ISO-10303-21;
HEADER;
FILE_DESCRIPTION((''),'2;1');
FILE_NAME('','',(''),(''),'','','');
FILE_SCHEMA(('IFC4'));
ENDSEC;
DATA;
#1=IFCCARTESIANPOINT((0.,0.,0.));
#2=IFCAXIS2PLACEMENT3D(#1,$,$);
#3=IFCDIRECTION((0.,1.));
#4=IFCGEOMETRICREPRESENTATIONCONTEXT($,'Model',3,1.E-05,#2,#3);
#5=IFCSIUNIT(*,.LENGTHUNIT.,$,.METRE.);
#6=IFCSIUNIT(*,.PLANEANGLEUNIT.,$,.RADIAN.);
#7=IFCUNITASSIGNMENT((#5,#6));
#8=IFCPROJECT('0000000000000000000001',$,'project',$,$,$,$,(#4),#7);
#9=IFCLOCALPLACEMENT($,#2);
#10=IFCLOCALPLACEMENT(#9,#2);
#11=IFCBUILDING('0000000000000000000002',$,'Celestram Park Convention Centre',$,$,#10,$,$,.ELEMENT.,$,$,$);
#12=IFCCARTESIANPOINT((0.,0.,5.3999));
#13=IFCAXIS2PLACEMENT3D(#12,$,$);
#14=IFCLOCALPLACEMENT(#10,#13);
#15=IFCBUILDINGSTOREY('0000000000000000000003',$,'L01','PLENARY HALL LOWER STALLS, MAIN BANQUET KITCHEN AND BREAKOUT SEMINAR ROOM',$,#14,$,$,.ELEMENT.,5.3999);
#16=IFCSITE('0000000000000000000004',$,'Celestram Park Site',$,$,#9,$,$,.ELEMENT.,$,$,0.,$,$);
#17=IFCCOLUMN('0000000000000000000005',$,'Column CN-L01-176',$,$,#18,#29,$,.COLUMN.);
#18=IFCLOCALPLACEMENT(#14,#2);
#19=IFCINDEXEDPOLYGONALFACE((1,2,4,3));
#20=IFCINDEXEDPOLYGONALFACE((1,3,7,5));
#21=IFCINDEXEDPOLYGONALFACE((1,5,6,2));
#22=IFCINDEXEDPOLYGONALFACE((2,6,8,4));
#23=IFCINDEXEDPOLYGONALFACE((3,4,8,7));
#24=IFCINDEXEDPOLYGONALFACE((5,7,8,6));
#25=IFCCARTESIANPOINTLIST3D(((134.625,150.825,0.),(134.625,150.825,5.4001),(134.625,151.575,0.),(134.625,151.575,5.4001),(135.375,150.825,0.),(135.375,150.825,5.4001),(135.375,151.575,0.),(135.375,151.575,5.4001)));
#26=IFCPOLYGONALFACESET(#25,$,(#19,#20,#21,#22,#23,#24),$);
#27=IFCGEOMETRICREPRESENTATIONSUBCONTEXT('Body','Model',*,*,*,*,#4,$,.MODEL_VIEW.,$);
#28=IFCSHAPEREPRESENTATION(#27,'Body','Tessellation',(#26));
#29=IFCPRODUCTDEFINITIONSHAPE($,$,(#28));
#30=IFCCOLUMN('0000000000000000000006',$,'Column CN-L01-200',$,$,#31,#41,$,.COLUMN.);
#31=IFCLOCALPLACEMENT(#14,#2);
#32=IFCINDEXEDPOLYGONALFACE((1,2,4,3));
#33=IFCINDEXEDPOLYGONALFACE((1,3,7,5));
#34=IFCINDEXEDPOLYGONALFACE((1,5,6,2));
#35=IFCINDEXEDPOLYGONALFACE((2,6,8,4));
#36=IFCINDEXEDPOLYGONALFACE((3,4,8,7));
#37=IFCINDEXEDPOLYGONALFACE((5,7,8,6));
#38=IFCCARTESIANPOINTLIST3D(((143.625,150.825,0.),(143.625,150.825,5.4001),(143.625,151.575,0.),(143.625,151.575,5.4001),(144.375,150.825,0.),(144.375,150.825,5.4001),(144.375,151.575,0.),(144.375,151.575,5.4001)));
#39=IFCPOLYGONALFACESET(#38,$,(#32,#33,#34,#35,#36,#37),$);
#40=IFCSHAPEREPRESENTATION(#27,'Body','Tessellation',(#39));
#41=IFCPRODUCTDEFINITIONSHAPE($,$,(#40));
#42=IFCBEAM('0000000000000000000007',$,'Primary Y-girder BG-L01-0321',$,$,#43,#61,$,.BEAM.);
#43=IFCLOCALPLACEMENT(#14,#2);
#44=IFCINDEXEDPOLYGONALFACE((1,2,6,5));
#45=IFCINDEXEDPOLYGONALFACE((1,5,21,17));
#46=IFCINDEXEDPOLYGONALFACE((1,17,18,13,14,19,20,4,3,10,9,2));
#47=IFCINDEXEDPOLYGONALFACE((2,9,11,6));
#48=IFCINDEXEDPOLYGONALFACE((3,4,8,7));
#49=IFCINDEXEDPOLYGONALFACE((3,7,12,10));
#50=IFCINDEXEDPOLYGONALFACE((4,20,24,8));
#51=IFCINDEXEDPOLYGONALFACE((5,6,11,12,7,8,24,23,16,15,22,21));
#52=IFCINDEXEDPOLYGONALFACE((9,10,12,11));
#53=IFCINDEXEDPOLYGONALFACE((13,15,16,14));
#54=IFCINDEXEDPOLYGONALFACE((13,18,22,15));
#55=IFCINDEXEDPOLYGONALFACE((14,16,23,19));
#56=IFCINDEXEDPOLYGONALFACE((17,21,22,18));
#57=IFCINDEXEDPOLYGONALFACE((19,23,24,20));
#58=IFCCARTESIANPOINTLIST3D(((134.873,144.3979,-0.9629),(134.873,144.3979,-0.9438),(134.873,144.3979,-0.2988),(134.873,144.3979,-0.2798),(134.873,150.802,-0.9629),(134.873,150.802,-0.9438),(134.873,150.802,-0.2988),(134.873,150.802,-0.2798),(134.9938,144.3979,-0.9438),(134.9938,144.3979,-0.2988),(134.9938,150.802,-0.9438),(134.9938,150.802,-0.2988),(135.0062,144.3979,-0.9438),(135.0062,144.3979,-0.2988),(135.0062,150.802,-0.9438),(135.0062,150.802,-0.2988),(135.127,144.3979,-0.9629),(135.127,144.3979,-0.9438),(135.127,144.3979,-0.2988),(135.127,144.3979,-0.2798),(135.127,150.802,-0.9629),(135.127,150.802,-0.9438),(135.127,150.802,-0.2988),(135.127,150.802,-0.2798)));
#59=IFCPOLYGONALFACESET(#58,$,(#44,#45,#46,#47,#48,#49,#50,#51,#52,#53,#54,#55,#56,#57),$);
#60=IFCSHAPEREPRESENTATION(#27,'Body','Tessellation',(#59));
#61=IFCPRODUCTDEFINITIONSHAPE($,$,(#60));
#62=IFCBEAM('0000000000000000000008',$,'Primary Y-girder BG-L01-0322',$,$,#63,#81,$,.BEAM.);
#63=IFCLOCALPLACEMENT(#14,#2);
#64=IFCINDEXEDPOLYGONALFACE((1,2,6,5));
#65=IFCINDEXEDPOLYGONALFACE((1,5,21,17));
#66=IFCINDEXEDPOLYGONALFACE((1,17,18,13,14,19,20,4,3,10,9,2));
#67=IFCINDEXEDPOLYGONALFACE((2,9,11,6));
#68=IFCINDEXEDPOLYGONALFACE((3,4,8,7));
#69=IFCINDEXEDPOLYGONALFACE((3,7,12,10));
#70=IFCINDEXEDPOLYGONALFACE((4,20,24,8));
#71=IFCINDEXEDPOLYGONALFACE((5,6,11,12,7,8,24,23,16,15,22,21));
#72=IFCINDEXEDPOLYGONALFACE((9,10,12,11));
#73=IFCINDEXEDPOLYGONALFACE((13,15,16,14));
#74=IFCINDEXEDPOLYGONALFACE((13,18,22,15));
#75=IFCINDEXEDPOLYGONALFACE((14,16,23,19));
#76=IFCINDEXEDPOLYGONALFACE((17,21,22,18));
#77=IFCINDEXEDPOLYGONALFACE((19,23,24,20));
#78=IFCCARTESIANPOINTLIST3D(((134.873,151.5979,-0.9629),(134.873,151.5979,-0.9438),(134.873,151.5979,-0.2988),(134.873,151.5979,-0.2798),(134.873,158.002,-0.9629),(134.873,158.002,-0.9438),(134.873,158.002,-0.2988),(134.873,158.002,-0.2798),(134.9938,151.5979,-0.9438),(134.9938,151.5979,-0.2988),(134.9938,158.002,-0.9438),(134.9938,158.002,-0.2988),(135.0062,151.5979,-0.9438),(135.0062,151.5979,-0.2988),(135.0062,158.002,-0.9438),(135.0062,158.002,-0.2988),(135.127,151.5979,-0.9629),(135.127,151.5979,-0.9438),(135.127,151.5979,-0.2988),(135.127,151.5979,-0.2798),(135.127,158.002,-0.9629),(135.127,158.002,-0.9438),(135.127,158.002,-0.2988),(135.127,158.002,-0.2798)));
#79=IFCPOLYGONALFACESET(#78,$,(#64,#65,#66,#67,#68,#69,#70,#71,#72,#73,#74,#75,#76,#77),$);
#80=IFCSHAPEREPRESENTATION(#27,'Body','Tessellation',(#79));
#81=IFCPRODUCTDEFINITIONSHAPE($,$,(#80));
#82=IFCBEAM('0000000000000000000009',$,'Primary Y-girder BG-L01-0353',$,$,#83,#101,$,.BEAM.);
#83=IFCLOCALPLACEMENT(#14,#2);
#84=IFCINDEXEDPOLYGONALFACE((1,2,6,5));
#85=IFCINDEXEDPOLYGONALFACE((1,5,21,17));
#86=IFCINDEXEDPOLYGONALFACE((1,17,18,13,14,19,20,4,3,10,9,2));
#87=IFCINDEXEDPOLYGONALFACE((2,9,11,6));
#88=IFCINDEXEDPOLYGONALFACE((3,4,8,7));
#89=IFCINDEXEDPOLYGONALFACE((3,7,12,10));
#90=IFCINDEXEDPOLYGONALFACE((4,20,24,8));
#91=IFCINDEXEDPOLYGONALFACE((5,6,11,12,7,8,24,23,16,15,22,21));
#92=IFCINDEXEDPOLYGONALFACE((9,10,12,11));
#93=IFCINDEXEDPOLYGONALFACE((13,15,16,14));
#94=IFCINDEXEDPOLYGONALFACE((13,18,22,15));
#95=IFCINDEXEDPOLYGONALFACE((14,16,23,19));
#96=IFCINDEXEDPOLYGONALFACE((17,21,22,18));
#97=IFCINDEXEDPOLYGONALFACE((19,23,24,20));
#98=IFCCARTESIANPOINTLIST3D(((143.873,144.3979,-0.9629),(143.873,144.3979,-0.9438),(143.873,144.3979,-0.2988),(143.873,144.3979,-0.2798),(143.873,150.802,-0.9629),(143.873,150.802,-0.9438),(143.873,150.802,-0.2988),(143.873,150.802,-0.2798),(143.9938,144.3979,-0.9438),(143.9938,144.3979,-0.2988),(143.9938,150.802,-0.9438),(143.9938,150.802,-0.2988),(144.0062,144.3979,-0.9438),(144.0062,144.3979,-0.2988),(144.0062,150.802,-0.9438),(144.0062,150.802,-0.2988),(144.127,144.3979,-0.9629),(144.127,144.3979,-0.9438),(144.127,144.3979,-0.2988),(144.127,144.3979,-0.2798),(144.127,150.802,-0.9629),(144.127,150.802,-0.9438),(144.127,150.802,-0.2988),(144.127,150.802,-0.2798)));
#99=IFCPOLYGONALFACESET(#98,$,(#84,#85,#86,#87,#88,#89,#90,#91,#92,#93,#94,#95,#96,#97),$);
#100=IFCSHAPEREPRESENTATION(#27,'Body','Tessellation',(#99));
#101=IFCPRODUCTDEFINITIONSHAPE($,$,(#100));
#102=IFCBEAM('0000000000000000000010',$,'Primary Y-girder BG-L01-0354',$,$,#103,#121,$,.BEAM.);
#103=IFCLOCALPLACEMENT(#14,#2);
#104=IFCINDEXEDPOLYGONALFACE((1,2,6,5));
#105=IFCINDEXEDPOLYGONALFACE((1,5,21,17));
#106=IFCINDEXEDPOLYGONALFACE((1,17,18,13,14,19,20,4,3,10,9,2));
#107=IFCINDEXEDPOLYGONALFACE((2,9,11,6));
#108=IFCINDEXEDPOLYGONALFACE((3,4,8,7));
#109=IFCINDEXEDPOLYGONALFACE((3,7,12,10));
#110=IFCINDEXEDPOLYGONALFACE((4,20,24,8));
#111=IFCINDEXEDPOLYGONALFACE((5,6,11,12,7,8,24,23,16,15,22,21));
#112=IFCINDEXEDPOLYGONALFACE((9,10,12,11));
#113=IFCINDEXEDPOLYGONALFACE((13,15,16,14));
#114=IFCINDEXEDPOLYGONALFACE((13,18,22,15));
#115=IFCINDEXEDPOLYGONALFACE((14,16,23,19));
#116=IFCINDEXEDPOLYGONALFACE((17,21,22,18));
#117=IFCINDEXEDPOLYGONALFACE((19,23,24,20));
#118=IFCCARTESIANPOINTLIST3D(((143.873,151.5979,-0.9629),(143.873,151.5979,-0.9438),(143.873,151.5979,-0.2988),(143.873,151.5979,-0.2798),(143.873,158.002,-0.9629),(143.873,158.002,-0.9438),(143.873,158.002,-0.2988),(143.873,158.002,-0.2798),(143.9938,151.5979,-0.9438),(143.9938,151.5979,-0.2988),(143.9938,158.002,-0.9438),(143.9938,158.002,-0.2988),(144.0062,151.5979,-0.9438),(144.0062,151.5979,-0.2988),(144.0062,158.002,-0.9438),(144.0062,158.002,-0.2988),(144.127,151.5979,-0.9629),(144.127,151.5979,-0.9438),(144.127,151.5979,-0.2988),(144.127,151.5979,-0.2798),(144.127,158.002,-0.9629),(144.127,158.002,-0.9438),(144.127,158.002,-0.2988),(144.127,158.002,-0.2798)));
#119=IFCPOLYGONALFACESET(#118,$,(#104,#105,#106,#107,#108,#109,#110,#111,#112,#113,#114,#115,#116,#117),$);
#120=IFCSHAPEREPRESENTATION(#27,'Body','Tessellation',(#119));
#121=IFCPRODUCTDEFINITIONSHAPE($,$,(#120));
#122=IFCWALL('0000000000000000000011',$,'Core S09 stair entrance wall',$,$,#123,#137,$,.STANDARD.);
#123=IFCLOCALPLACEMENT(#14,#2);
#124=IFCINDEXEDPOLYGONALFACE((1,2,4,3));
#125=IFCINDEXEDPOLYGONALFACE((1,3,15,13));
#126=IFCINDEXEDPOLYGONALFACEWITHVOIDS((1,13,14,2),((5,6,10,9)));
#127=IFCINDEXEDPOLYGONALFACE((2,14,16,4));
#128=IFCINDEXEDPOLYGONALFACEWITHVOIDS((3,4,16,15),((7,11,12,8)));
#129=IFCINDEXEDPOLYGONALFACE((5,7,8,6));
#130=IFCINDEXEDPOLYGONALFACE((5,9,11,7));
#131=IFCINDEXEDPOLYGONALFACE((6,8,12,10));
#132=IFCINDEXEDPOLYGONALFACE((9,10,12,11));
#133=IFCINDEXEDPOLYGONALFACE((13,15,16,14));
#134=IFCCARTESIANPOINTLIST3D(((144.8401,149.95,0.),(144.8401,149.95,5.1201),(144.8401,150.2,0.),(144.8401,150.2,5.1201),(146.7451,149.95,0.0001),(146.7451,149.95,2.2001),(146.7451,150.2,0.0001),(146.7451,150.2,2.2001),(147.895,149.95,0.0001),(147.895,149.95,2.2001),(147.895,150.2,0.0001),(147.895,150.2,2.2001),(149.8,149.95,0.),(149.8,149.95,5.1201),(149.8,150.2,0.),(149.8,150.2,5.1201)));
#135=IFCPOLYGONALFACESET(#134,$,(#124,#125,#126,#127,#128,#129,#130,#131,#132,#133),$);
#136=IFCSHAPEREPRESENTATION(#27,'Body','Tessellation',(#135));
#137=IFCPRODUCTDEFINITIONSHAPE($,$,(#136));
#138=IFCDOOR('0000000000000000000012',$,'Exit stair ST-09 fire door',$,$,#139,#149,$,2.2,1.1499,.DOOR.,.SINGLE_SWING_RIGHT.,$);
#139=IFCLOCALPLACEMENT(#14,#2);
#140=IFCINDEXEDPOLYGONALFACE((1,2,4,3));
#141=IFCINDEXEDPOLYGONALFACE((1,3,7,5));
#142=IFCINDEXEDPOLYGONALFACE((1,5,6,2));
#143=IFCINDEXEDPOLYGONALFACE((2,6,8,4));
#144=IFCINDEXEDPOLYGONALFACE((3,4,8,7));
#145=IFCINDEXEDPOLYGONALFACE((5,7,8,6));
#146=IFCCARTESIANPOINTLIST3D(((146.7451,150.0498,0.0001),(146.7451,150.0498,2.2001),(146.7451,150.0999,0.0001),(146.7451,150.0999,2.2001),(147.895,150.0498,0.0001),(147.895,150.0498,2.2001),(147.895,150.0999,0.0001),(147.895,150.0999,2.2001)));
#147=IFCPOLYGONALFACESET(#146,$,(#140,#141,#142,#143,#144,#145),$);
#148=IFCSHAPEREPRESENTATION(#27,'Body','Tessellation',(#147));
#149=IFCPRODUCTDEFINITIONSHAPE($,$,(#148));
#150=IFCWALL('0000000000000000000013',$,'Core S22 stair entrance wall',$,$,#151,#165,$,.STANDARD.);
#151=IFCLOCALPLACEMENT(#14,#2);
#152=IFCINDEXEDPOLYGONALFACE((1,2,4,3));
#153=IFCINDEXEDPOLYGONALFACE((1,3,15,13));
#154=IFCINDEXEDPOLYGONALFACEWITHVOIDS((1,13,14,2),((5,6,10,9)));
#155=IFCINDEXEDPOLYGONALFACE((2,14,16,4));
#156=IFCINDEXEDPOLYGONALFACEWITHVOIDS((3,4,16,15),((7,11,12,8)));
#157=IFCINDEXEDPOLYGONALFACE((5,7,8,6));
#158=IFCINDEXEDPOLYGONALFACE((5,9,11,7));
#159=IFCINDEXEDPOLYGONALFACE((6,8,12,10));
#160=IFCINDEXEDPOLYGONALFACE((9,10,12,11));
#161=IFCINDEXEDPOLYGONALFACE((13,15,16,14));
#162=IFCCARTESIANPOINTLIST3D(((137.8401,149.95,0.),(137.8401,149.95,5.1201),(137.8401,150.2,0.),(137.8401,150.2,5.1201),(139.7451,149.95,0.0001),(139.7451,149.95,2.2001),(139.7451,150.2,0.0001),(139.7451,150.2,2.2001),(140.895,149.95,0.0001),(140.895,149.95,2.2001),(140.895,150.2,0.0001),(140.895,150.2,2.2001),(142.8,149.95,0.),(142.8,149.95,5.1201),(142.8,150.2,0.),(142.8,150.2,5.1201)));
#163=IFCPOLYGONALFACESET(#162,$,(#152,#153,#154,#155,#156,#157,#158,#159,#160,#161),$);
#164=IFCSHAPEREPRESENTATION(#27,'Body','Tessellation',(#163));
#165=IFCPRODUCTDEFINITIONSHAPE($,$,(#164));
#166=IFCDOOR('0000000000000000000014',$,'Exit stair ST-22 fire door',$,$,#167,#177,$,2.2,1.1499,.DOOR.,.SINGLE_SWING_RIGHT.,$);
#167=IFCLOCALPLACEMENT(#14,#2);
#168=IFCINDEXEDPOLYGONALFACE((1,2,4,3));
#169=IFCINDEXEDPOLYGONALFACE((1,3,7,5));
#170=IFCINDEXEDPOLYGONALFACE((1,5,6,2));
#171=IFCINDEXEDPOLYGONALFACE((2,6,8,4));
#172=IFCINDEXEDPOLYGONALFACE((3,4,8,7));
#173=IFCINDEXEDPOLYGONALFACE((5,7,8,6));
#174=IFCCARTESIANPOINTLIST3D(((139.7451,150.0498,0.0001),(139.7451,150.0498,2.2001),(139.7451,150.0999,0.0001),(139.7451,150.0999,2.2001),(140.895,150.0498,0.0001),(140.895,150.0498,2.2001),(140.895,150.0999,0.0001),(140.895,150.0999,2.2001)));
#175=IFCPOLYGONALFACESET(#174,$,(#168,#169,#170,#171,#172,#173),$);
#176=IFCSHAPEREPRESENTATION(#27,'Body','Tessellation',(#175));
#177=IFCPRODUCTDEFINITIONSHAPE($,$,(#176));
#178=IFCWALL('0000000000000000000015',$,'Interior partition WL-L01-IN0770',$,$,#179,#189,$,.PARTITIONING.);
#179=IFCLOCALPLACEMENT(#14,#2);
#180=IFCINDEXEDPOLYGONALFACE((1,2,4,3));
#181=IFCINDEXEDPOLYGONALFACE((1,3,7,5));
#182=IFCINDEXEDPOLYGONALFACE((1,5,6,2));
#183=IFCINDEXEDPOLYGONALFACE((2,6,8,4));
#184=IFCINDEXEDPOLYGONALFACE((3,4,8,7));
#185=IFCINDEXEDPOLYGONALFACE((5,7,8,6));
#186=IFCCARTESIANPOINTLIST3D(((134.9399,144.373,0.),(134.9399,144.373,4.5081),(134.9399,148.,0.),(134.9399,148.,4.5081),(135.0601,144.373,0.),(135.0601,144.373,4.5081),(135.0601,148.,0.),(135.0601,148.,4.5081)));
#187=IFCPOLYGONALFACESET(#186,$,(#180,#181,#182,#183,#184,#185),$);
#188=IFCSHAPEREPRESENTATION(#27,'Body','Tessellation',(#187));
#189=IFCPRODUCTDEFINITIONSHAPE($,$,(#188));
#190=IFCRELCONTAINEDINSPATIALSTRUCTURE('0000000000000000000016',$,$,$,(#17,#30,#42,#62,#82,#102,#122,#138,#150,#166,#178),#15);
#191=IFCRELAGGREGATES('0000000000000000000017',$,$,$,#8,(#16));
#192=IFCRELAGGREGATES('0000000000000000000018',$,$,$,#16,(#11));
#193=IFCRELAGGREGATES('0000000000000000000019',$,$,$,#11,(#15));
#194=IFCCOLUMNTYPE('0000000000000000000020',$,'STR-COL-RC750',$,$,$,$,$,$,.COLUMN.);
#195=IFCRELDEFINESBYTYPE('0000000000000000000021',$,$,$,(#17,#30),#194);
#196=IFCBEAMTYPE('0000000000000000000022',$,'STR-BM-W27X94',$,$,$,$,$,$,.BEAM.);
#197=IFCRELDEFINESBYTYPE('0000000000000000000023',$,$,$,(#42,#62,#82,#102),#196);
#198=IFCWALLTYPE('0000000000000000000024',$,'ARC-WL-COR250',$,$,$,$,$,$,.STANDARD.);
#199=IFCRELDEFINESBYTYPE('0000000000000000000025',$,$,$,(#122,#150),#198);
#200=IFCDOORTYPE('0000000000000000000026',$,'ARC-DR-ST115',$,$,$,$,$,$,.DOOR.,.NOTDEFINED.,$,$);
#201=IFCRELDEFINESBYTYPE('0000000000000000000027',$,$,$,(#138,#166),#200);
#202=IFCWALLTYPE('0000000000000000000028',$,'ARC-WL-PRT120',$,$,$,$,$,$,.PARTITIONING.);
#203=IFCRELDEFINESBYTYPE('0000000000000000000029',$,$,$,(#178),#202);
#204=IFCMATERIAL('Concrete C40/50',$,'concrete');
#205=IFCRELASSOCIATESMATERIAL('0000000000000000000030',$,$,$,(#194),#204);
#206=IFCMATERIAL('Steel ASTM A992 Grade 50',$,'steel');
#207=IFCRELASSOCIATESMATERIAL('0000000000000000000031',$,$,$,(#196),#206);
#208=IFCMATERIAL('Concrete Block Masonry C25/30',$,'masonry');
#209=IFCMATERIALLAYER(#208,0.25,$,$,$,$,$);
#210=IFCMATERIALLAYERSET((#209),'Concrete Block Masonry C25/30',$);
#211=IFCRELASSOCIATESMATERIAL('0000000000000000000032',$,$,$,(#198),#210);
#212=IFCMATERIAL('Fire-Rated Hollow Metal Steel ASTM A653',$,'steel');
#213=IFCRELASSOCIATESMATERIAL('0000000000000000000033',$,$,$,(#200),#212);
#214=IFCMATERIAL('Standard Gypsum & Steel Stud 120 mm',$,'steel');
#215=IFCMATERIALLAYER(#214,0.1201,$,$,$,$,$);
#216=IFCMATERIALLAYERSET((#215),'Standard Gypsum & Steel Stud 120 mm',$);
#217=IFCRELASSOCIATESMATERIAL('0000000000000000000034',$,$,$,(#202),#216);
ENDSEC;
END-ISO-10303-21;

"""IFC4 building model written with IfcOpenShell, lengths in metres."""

from ifc_helpers import new_model, si_unit, direction, frame, frame_2d, origin, origin_2d, place, context, subcontext, project, spatial, rectangle, i_section, extrude, material, layer, layer_set, material_profile, profile_set, type_object, element, fill, save


model = new_model("IFC4")

# Units and contexts
model_context = context("Model", 3, precision=1e-05, world=origin(), true_north=direction((0.0, 1.0)))
body_context = subcontext(model_context, "Body", "Model", "MODEL_VIEW")
ifc_project = project(units=[si_unit("LENGTHUNIT", "METRE"), si_unit("PLANEANGLEUNIT", "RADIAN")], contexts=[model_context])

# Site, building, storey
site_placement = place(None, origin())
site = spatial("IfcSite", under=ifc_project, at=site_placement, Name="Celestram Park Site", CompositionType="ELEMENT", RefElevation=0.0)
building_placement = place(site_placement, origin())
building = spatial("IfcBuilding", under=site, at=building_placement, Name="Celestram Park Convention Centre", CompositionType="ELEMENT")
storey_placement = place(building_placement, frame((0.0, 0.0, 5.3999)))
storey = spatial("IfcBuildingStorey", under=building, at=storey_placement, Name="L01", Description="PLENARY HALL LOWER STALLS, MAIN BANQUET KITCHEN AND BREAKOUT SEMINAR ROOM", CompositionType="ELEMENT", Elevation=5.3999)

# Columns
ifc_material_1 = material(Name="Concrete C40/50", Category="concrete")
ifc_material_profile_1 = material_profile(ifc_material_1, rectangle(XDim=0.75, YDim=0.75, at=origin_2d()), Name="RC750X750")
ifc_profile_set_1 = profile_set([ifc_material_profile_1], Name="Concrete C40/50")
column_type = type_object("IfcColumnType", Name="STR-COL-RC750", PredefinedType="COLUMN", material=ifc_profile_set_1)
for number, where, z_axis, x_axis, name in (
    (1, (135.0, 151.2, 0.0), (0.0, 0.0, 1.0), (1.0, 0.0, 0.0), "Column CN-L01-176"),
    (2, (144.0, 151.2, 0.0), (0.0, 0.0, 1.0), (1.0, 0.0, 0.0), "Column CN-L01-200"),
):
    element("IfcColumn", number, at=place(storey_placement, frame(where, z_axis=z_axis, x_axis=x_axis)), inside=storey, type_object=column_type, Name=name, PredefinedType="COLUMN", context=body_context, shape_type="SweptSolid", body=[
        extrude(rectangle(XDim=0.75, YDim=0.75, at=origin_2d()), origin(), (0.0, 0.0, 1.0), 5.4001),
    ])

# Beams
ifc_material_2 = material(Name="Steel ASTM A992 Grade 50", Category="steel")
ifc_material_profile_2 = material_profile(ifc_material_2, i_section(OverallWidth=0.2539, OverallDepth=0.6831, WebThickness=0.0125, FlangeThickness=0.019, at=origin_2d()), Name="W27X94")
ifc_profile_set_2 = profile_set([ifc_material_profile_2], Name="Steel ASTM A992 Grade 50")
beam_type = type_object("IfcBeamType", Name="STR-BM-W27X94", PredefinedType="BEAM", material=ifc_profile_set_2)
for number, where, z_axis, x_axis, name in (
    (3, (135.0, 144.3979, -0.6213), (0.0, 1.0, 0.0), (-1.0, 0.0, 0.0), "Primary Y-girder BG-L01-0321"),
    (4, (135.0, 151.5979, -0.6213), (0.0, 1.0, 0.0), (-1.0, 0.0, 0.0), "Primary Y-girder BG-L01-0322"),
    (5, (144.0, 144.3979, -0.6213), (0.0, 1.0, 0.0), (-1.0, 0.0, 0.0), "Primary Y-girder BG-L01-0353"),
    (6, (144.0, 151.5979, -0.6213), (0.0, 1.0, 0.0), (-1.0, 0.0, 0.0), "Primary Y-girder BG-L01-0354"),
):
    element("IfcBeam", number, at=place(storey_placement, frame(where, z_axis=z_axis, x_axis=x_axis)), inside=storey, type_object=beam_type, Name=name, PredefinedType="BEAM", context=body_context, shape_type="SweptSolid", body=[
        extrude(i_section(OverallWidth=0.2539, OverallDepth=0.6831, WebThickness=0.0125, FlangeThickness=0.019, at=origin_2d()), origin(), (0.0, 0.0, 1.0), 6.4041),
    ])

# Walls, openings, doors
ifc_material_3 = material(Name="Concrete Block Masonry C25/30", Category="masonry")
ifc_layer_1 = layer(ifc_material_3, 0.25)
ifc_layer_set_1 = layer_set([ifc_layer_1], Name="Concrete Block Masonry C25/30")
wall_type_1 = type_object("IfcWallType", Name="ARC-WL-COR250", PredefinedType="STANDARD", material=ifc_layer_set_1)
wall_1_placement = place(storey_placement, frame((144.8401, 150.075, 0.0), z_axis=(0.0, 0.0, 1.0), x_axis=(1.0, 0.0, 0.0)))
wall_1 = element("IfcWall", 7, at=wall_1_placement, inside=storey, type_object=wall_type_1, Name="Core S09 stair entrance wall", PredefinedType="STANDARD", context=body_context, shape_type="SweptSolid", body=[
    extrude(rectangle(XDim=4.96, YDim=0.25, at=frame_2d((2.48, 0.0))), origin(), (0.0, 0.0, 1.0), 5.1201),
])
opening_1_placement = place(wall_1_placement, frame((1.905, 0.0, 0.0)))
opening_1 = element("IfcOpeningElement", 8, at=opening_1_placement, cuts=wall_1, PredefinedType="OPENING", context=body_context, shape_type="SweptSolid", body=[
    extrude(rectangle(XDim=1.1499, YDim=2.2, at=frame_2d((0.575, 1.1001))), frame((0.0, 0.135, 0.0), z_axis=(0.0, -1.0, 0.0), x_axis=(1.0, 0.0, 0.0)), (0.0, 0.0, 1.0), 0.27),
])
ifc_material_4 = material(Name="Fire-Rated Hollow Metal Steel ASTM A653", Category="steel")
door_type = type_object("IfcDoorType", Name="ARC-DR-ST115", OperationType="NOTDEFINED", PredefinedType="DOOR", material=ifc_material_4)
door_1_placement = place(opening_1_placement, origin())
door_1 = element("IfcDoor", 9, at=door_1_placement, inside=storey, type_object=door_type, Name="Exit stair ST-09 fire door", OperationType="SINGLE_SWING_RIGHT", OverallHeight=2.2, OverallWidth=1.1499, PredefinedType="DOOR", context=body_context, shape_type="SweptSolid", body=[
    extrude(rectangle(XDim=1.1499, YDim=2.2, at=frame_2d((0.575, 1.1001))), frame((0.0, 0.0249, 0.0), z_axis=(0.0, -1.0, 0.0), x_axis=(1.0, 0.0, 0.0)), (0.0, 0.0, 1.0), 0.05),
])
fill(opening_1, door_1)
wall_2_placement = place(storey_placement, frame((137.8401, 150.075, 0.0), z_axis=(0.0, 0.0, 1.0), x_axis=(1.0, 0.0, 0.0)))
wall_2 = element("IfcWall", 10, at=wall_2_placement, inside=storey, type_object=wall_type_1, Name="Core S22 stair entrance wall", PredefinedType="STANDARD", context=body_context, shape_type="SweptSolid", body=[
    extrude(rectangle(XDim=4.96, YDim=0.25, at=frame_2d((2.48, 0.0))), origin(), (0.0, 0.0, 1.0), 5.1201),
])
opening_2_placement = place(wall_2_placement, frame((1.905, 0.0, 0.0)))
opening_2 = element("IfcOpeningElement", 11, at=opening_2_placement, cuts=wall_2, PredefinedType="OPENING", context=body_context, shape_type="SweptSolid", body=[
    extrude(rectangle(XDim=1.1499, YDim=2.2, at=frame_2d((0.575, 1.1001))), frame((0.0, 0.135, 0.0), z_axis=(0.0, -1.0, 0.0), x_axis=(1.0, 0.0, 0.0)), (0.0, 0.0, 1.0), 0.27),
])
door_2_placement = place(opening_2_placement, origin())
door_2 = element("IfcDoor", 12, at=door_2_placement, inside=storey, type_object=door_type, Name="Exit stair ST-22 fire door", OperationType="SINGLE_SWING_RIGHT", OverallHeight=2.2, OverallWidth=1.1499, PredefinedType="DOOR", context=body_context, shape_type="SweptSolid", body=[
    extrude(rectangle(XDim=1.1499, YDim=2.2, at=frame_2d((0.575, 1.1001))), frame((0.0, 0.0249, 0.0), z_axis=(0.0, -1.0, 0.0), x_axis=(1.0, 0.0, 0.0)), (0.0, 0.0, 1.0), 0.05),
])
fill(opening_2, door_2)

# Wall
ifc_material_5 = material(Name="Standard Gypsum & Steel Stud 120 mm", Category="steel")
ifc_layer_2 = layer(ifc_material_5, 0.1201)
ifc_layer_set_2 = layer_set([ifc_layer_2], Name="Standard Gypsum & Steel Stud 120 mm")
wall_type_2 = type_object("IfcWallType", Name="ARC-WL-PRT120", PredefinedType="PARTITIONING", material=ifc_layer_set_2)
wall_3_placement = place(storey_placement, frame((135.0, 144.373, 0.0), z_axis=(0.0, 0.0, 1.0), x_axis=(0.0, 1.0, 0.0)))
element("IfcWall", 13, at=wall_3_placement, inside=storey, type_object=wall_type_2, Name="Interior partition WL-L01-IN0770", PredefinedType="PARTITIONING", context=body_context, shape_type="SweptSolid", body=[
    extrude(rectangle(XDim=3.627, YDim=0.1201, at=frame_2d((1.8135, 0.0))), origin(), (0.0, 0.0, 1.0), 4.5081),
])

save(model, "model.ifc")
